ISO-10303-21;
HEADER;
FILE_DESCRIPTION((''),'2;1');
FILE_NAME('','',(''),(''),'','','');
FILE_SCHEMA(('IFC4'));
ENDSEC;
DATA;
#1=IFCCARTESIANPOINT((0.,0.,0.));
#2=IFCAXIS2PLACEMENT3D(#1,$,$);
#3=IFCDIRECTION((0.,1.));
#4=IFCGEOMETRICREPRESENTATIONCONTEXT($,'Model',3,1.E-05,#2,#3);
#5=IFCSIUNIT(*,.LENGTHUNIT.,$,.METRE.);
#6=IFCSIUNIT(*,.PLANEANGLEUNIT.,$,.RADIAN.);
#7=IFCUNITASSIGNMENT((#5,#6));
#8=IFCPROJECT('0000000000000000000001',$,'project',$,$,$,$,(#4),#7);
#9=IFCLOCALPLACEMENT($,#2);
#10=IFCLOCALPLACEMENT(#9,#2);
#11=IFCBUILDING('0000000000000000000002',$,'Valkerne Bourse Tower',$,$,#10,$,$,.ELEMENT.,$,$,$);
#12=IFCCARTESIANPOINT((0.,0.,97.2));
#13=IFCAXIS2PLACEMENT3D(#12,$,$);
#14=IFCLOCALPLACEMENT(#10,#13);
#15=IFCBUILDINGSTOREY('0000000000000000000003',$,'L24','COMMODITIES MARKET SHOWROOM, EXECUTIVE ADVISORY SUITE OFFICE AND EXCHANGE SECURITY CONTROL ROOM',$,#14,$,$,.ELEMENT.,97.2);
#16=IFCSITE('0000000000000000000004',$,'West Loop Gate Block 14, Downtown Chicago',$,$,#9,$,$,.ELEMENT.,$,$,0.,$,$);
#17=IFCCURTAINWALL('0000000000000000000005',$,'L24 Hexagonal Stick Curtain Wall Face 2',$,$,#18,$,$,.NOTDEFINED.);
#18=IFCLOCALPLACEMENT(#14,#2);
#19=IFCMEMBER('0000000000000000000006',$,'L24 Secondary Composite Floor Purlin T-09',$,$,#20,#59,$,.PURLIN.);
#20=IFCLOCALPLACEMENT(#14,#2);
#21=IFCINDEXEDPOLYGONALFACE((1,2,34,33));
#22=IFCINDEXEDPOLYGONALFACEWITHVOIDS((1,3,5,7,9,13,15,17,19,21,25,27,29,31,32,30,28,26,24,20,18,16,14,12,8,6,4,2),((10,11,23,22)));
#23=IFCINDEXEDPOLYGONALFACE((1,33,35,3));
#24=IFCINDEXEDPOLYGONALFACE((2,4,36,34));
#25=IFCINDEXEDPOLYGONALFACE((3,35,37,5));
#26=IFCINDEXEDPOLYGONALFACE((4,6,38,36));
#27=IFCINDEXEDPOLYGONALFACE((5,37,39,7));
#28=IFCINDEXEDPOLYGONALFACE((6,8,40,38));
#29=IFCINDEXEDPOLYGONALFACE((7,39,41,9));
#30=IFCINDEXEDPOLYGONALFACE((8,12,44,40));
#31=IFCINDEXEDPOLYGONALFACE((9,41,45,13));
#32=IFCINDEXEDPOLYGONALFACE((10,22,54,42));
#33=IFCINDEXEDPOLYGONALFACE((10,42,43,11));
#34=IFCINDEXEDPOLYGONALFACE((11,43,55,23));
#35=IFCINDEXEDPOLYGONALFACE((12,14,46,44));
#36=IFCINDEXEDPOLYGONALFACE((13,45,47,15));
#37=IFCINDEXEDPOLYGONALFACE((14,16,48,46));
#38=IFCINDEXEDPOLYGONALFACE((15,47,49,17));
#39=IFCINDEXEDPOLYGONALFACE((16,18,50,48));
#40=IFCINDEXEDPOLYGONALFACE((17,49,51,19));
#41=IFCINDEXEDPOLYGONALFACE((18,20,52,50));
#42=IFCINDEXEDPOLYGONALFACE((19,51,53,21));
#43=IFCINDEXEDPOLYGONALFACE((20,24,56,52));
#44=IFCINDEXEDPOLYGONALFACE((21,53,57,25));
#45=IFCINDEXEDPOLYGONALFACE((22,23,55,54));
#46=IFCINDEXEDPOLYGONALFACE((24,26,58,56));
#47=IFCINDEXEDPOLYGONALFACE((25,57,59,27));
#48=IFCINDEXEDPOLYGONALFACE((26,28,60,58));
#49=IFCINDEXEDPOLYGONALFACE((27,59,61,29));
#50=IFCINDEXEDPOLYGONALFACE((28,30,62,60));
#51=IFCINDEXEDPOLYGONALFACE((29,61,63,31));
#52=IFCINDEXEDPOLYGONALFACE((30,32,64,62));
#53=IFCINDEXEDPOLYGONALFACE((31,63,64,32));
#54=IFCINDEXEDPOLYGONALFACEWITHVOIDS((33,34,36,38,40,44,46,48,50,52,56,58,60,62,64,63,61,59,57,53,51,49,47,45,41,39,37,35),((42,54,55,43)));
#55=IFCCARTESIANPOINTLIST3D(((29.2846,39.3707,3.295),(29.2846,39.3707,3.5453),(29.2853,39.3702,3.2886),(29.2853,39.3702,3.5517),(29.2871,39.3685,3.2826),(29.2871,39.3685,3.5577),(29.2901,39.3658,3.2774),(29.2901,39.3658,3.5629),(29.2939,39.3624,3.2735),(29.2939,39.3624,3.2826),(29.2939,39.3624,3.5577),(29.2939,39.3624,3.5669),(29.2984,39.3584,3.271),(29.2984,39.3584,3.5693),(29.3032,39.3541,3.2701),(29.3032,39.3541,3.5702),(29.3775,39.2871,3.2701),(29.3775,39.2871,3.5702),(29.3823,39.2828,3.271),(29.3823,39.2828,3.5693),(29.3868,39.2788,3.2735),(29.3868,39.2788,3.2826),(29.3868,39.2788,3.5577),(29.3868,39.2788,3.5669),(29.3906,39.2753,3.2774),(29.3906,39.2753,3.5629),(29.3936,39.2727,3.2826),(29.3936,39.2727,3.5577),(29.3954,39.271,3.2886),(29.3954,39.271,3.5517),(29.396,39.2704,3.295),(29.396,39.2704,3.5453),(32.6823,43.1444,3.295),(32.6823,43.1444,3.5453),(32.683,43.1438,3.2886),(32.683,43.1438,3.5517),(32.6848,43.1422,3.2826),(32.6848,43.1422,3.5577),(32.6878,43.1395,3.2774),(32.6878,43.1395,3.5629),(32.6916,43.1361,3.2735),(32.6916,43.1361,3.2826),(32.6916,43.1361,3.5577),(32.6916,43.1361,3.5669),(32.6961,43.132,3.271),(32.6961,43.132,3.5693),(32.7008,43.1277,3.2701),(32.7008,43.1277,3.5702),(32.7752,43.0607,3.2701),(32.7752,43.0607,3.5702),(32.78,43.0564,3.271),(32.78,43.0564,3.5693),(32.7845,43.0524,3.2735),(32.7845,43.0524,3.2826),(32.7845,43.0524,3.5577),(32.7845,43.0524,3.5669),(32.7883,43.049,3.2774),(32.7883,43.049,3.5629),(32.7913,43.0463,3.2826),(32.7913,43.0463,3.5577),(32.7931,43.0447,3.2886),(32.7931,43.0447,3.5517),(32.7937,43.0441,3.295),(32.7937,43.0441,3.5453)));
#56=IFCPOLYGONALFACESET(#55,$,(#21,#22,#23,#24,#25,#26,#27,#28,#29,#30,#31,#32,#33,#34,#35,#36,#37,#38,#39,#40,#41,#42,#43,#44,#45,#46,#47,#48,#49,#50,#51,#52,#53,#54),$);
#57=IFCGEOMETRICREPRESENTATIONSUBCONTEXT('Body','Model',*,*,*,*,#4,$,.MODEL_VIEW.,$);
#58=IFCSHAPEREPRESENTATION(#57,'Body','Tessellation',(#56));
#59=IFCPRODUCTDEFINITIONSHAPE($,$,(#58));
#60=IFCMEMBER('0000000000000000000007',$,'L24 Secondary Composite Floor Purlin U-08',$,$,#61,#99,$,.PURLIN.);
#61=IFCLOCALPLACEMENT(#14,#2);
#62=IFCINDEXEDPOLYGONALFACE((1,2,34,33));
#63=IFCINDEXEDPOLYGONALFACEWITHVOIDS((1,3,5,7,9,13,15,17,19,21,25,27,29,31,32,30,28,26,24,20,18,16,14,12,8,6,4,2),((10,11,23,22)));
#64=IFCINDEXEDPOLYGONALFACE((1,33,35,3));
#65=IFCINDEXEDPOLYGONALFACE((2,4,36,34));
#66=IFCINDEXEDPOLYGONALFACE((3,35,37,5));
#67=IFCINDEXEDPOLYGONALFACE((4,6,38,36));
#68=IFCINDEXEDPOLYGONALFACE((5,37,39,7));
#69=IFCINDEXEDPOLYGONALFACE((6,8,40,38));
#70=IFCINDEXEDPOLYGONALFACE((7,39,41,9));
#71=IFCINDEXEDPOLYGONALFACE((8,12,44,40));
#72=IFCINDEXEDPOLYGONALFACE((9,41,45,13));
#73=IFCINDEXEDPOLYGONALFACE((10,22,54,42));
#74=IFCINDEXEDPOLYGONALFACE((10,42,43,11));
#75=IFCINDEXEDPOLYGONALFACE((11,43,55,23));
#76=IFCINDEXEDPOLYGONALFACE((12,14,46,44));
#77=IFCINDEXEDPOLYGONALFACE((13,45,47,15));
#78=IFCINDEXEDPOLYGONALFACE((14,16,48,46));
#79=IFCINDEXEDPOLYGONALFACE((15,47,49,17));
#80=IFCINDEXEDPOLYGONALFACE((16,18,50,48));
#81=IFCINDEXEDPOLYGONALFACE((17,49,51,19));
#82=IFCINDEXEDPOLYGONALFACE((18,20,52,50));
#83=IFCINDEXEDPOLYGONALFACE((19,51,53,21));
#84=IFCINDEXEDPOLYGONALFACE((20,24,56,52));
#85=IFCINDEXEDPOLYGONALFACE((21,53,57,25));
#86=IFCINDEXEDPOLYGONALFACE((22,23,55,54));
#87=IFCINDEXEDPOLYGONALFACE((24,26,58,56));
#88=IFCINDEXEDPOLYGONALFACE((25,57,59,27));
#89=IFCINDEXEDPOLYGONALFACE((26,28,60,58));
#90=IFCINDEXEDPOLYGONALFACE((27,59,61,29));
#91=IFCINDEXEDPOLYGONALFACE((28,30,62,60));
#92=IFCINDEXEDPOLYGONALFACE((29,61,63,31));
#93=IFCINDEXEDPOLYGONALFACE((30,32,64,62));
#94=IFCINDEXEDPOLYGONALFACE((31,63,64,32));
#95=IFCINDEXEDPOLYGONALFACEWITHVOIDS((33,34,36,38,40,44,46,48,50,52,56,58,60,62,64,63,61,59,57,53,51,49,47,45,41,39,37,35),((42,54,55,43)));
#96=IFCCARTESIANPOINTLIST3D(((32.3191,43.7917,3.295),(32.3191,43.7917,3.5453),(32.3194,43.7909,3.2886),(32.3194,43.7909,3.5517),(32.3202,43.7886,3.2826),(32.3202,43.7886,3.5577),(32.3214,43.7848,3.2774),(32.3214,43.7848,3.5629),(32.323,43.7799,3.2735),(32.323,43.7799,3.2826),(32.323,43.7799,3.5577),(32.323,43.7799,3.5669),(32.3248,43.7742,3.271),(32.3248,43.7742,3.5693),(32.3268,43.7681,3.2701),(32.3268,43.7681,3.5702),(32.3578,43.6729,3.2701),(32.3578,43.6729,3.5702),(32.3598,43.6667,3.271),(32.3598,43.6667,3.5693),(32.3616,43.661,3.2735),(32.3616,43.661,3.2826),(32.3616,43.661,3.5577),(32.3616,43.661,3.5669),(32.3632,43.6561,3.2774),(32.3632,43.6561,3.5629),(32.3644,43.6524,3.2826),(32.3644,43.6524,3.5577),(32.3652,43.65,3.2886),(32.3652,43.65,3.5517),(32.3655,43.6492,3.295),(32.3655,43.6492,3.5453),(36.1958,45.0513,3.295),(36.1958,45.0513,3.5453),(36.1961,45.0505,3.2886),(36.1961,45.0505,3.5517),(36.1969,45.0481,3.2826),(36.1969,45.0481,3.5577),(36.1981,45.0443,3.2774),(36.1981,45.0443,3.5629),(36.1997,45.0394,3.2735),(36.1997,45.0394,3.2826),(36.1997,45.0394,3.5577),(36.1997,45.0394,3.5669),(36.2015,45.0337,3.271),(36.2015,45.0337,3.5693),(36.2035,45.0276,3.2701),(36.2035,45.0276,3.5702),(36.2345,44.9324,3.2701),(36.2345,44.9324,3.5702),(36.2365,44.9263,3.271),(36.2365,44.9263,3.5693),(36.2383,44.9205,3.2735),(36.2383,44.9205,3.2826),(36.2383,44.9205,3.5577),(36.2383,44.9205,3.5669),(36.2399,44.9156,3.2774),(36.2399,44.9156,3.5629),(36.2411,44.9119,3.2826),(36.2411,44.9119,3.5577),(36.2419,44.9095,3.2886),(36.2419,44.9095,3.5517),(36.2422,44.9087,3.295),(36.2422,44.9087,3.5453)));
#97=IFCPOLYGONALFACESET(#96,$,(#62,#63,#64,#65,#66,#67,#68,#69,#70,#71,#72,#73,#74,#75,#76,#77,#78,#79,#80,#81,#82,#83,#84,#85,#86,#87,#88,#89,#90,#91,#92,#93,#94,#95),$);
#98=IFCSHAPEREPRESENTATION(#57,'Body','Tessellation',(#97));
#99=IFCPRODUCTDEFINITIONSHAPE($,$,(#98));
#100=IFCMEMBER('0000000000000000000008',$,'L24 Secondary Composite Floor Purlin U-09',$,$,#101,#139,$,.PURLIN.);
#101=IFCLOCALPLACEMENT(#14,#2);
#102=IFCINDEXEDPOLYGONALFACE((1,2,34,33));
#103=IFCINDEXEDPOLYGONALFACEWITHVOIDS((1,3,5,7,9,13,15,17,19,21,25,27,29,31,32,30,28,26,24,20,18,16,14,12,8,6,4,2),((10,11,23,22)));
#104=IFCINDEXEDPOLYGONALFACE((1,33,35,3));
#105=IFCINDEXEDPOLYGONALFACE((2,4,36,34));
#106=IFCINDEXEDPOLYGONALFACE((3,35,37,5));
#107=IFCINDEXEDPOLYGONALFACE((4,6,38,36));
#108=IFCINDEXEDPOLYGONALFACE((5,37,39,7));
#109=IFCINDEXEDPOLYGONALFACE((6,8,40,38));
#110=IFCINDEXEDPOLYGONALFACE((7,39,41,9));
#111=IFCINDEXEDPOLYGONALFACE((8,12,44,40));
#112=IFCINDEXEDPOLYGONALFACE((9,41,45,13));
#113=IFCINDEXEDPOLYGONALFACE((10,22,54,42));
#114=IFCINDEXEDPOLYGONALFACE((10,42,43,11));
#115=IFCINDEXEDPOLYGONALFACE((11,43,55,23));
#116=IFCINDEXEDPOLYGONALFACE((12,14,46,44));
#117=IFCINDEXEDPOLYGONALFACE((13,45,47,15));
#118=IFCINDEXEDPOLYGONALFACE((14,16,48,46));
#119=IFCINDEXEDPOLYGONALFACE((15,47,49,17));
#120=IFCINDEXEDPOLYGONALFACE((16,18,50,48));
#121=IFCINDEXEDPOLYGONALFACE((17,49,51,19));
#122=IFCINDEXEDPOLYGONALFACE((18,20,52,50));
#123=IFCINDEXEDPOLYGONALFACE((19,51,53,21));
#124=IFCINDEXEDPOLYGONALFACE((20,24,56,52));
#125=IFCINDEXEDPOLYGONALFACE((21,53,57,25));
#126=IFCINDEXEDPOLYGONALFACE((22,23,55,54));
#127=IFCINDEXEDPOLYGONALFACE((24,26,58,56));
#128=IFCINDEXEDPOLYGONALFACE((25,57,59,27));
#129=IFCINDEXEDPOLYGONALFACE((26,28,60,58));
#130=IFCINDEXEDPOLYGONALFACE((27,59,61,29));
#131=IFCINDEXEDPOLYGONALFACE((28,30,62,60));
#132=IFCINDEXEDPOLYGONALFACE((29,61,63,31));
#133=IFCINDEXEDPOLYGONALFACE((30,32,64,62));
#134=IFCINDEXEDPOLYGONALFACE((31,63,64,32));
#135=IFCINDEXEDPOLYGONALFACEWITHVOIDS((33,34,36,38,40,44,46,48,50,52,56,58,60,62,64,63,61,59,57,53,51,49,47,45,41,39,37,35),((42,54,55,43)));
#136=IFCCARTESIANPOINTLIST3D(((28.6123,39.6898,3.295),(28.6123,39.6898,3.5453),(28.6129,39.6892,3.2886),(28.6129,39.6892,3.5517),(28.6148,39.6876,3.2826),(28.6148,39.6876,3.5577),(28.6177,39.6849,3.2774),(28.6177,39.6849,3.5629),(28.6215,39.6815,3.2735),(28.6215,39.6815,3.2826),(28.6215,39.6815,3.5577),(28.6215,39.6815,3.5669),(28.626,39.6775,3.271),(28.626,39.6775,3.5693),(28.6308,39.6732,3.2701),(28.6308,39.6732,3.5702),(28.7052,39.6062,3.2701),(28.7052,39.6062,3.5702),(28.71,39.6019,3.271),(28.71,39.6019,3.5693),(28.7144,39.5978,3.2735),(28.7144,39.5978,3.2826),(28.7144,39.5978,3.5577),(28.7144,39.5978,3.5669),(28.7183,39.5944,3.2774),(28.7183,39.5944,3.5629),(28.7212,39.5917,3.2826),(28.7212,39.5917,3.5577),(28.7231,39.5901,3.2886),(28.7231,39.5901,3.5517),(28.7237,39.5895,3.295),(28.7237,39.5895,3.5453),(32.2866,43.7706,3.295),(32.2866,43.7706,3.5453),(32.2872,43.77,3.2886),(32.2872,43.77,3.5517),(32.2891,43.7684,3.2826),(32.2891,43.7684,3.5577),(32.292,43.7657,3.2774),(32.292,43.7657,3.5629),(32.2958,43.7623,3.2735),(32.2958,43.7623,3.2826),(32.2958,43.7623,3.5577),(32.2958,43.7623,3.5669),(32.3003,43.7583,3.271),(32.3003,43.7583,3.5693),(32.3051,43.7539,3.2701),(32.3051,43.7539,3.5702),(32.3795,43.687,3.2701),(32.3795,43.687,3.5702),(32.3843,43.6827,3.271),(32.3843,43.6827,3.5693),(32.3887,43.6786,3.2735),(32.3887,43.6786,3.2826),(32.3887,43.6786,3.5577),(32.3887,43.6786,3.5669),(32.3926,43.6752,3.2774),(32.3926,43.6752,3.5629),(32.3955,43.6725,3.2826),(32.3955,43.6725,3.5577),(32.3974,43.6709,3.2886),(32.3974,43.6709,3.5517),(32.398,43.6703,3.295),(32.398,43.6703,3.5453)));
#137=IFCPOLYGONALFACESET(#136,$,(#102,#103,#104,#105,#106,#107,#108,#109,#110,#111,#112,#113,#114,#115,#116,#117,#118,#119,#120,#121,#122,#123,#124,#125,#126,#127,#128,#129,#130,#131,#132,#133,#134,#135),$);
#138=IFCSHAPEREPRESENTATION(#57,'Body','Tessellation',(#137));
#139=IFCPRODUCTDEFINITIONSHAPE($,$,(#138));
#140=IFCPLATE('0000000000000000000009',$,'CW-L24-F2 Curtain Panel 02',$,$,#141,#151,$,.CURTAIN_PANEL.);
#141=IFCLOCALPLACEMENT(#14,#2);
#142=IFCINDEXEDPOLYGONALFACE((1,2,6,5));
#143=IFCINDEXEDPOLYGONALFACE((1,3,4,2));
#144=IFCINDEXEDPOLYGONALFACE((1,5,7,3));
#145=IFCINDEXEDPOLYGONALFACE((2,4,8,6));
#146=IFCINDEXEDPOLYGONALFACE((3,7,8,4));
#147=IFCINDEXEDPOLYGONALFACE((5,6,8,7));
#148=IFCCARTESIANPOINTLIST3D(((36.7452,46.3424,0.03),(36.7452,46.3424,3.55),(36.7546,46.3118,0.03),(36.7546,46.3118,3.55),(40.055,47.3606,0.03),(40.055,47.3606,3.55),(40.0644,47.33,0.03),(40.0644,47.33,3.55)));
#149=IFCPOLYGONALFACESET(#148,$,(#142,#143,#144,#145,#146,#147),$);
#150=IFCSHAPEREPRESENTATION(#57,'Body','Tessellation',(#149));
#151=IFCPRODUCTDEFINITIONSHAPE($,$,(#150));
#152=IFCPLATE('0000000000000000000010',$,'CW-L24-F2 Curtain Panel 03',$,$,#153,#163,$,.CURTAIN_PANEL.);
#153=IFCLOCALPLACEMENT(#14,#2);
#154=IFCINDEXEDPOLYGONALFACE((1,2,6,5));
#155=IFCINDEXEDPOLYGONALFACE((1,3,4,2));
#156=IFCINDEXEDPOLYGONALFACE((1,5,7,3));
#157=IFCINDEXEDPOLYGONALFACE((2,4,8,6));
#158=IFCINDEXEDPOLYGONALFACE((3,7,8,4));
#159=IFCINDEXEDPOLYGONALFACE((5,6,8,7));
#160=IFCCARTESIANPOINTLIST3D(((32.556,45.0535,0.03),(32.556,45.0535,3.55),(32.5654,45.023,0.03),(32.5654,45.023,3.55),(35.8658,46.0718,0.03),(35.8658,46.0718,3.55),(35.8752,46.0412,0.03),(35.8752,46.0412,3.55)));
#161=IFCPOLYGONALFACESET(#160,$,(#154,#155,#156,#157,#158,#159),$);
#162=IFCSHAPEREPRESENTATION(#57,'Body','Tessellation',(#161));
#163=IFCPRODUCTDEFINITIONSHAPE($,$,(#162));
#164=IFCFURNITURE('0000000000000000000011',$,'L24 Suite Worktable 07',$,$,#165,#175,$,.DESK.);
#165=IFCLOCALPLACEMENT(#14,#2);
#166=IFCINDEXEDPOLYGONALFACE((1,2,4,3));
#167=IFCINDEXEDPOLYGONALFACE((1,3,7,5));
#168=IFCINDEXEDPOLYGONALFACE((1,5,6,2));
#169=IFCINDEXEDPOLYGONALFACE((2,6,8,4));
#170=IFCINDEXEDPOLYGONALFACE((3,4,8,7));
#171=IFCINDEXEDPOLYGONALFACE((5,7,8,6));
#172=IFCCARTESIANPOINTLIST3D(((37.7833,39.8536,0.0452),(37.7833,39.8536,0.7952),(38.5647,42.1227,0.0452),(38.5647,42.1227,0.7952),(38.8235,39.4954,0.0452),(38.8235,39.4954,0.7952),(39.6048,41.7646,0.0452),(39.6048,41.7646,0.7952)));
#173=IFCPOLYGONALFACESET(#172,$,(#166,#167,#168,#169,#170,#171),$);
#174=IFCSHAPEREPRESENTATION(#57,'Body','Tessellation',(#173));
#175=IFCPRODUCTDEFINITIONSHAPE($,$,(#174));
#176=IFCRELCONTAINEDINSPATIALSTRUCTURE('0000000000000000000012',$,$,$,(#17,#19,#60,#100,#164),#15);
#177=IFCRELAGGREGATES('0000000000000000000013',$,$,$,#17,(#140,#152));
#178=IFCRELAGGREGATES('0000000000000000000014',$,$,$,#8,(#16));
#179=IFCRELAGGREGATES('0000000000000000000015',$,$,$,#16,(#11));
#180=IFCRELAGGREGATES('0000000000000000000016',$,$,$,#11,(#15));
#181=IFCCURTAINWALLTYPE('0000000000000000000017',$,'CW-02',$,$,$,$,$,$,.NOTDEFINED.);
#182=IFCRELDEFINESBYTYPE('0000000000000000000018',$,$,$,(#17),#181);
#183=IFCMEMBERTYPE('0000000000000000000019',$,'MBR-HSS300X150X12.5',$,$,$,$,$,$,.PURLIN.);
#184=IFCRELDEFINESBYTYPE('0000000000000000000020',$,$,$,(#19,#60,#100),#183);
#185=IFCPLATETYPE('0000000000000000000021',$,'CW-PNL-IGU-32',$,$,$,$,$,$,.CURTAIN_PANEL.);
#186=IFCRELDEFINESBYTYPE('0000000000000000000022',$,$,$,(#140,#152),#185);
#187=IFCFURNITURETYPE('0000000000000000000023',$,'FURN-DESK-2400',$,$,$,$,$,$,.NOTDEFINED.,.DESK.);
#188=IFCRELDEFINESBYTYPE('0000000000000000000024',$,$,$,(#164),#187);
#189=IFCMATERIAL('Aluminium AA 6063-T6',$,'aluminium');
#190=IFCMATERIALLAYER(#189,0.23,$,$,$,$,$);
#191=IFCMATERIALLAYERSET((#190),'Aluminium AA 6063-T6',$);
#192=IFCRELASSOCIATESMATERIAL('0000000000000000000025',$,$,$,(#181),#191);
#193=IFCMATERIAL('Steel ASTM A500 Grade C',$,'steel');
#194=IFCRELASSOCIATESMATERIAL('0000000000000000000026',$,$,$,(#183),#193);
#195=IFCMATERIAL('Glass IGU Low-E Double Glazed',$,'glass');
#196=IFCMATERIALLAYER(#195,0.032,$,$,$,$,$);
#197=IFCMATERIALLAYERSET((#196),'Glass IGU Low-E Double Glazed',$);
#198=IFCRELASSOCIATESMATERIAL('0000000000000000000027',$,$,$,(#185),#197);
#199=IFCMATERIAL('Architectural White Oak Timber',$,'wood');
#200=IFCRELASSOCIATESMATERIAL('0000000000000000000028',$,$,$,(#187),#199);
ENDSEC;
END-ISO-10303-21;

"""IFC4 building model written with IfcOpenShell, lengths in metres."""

from ifc_helpers import new_model, si_unit, direction, frame, origin, origin_2d, place, context, subcontext, project, spatial, rectangle, hollow_rectangle, extrude, material, layer, layer_set, material_profile, profile_set, type_object, element, aggregate, save


model = new_model("IFC4")

# Units and contexts
model_context = context("Model", 3, precision=1e-05, world=origin(), true_north=direction((0.0, 1.0)))
body_context = subcontext(model_context, "Body", "Model", "MODEL_VIEW")
ifc_project = project(units=[si_unit("LENGTHUNIT", "METRE"), si_unit("PLANEANGLEUNIT", "RADIAN")], contexts=[model_context])

# Site, building, storey
site_placement = place(None, origin())
site = spatial("IfcSite", under=ifc_project, at=site_placement, Name="West Loop Gate Block 14, Downtown Chicago", CompositionType="ELEMENT", RefElevation=0.0)
building_placement = place(site_placement, origin())
building = spatial("IfcBuilding", under=site, at=building_placement, Name="Valkerne Bourse Tower", CompositionType="ELEMENT")
storey_placement = place(building_placement, frame((0.0, 0.0, 97.2)))
storey = spatial("IfcBuildingStorey", under=building, at=storey_placement, Name="L24", Description="COMMODITIES MARKET SHOWROOM, EXECUTIVE ADVISORY SUITE OFFICE AND EXCHANGE SECURITY CONTROL ROOM", CompositionType="ELEMENT", Elevation=97.2)

# Curtain wall
ifc_material_1 = material(Name="Aluminium AA 6063-T6", Category="aluminium")
ifc_layer_1 = layer(ifc_material_1, 0.23)
ifc_layer_set_1 = layer_set([ifc_layer_1], Name="Aluminium AA 6063-T6")
curtain_wall_type = type_object("IfcCurtainWallType", Name="CW-02", PredefinedType="NOTDEFINED", material=ifc_layer_set_1)
curtain_wall_1_placement = place(storey_placement, origin())
curtain_wall_1 = element("IfcCurtainWall", 1, at=curtain_wall_1_placement, inside=storey, type_object=curtain_wall_type, Name="L24 Hexagonal Stick Curtain Wall Face 2", PredefinedType="NOTDEFINED")

# Members
ifc_material_2 = material(Name="Steel ASTM A500 Grade C", Category="steel")
ifc_material_profile_1 = material_profile(ifc_material_2, hollow_rectangle(XDim=0.1499, YDim=0.3, WallThickness=0.0125, OuterFilletRadius=0.0249, at=origin_2d()), Name="HSS300X150X12.5")
ifc_profile_set_1 = profile_set([ifc_material_profile_1], Name="Steel ASTM A500 Grade C")
member_type_1 = type_object("IfcMemberType", Name="MBR-HSS300X150X12.5", PredefinedType="PURLIN", material=ifc_profile_set_1)
member_1_placement = place(storey_placement, frame((32.738, 43.0942, 3.4202), z_axis=(-0.669116, -0.743158, 0.0), x_axis=(0.743158, -0.669116, 0.0)))
element("IfcMember", 2, at=member_1_placement, inside=storey, type_object=member_type_1, Name="L24 Secondary Composite Floor Purlin T-09", PredefinedType="PURLIN", context=body_context, shape_type="SweptSolid", body=[
    extrude(hollow_rectangle(XDim=0.1499, YDim=0.3, WallThickness=0.0125, OuterFilletRadius=0.0249, at=origin_2d()), origin(), (0.0, 0.0, 1.0), 5.0779),
])
member_2_placement = place(storey_placement, frame((36.219, 44.98, 3.4202), z_axis=(-0.951064, -0.308995, 0.0), x_axis=(0.308995, -0.951064, 0.0)))
element("IfcMember", 3, at=member_2_placement, inside=storey, type_object=member_type_1, Name="L24 Secondary Composite Floor Purlin U-08", PredefinedType="PURLIN", context=body_context, shape_type="SweptSolid", body=[
    extrude(hollow_rectangle(XDim=0.1499, YDim=0.3, WallThickness=0.0125, OuterFilletRadius=0.0249, at=origin_2d()), origin(), (0.0, 0.0, 1.0), 4.0762),
])
member_3_placement = place(storey_placement, frame((32.3423, 43.7205, 3.4202), z_axis=(-0.669124, -0.74315, 0.0), x_axis=(0.74315, -0.669124, 0.0)))
element("IfcMember", 4, at=member_3_placement, inside=storey, type_object=member_type_1, Name="L24 Secondary Composite Floor Purlin U-09", PredefinedType="PURLIN", context=body_context, shape_type="SweptSolid", body=[
    extrude(hollow_rectangle(XDim=0.1499, YDim=0.3, WallThickness=0.0125, OuterFilletRadius=0.0249, at=origin_2d()), origin(), (0.0, 0.0, 1.0), 5.4912),
])

# Plates
ifc_material_3 = material(Name="Glass IGU Low-E Double Glazed", Category="glass")
ifc_layer_2 = layer(ifc_material_3, 0.032)
ifc_layer_set_2 = layer_set([ifc_layer_2], Name="Glass IGU Low-E Double Glazed")
plate_type = type_object("IfcPlateType", Name="CW-PNL-IGU-32", PredefinedType="CURTAIN_PANEL", material=ifc_layer_set_2)
plate_1_placement = place(storey_placement, frame((38.4048, 46.8362, 0.03), z_axis=(0.0, 0.0, 1.0), x_axis=(-0.955793, -0.294041, 0.0)))
plate_1 = element("IfcPlate", 5, at=plate_1_placement, type_object=plate_type, Name="CW-L24-F2 Curtain Panel 02", PredefinedType="CURTAIN_PANEL", context=body_context, shape_type="SweptSolid", body=[
    extrude(rectangle(XDim=3.4629, YDim=0.032, at=origin_2d()), origin(), (0.0, 0.0, 1.0), 3.52),
])
plate_2_placement = place(storey_placement, frame((34.2156, 45.5474, 0.03), z_axis=(0.0, 0.0, 1.0), x_axis=(-0.955791, -0.294047, 0.0)))
plate_2 = element("IfcPlate", 6, at=plate_2_placement, type_object=plate_type, Name="CW-L24-F2 Curtain Panel 03", PredefinedType="CURTAIN_PANEL", context=body_context, shape_type="SweptSolid", body=[
    extrude(rectangle(XDim=3.4629, YDim=0.032, at=origin_2d()), origin(), (0.0, 0.0, 1.0), 3.52),
])
aggregate(curtain_wall_1, [plate_1, plate_2])

# Furniture
ifc_material_4 = material(Name="Architectural White Oak Timber", Category="wood")
furniture_type = type_object("IfcFurnitureType", Name="FURN-DESK-2400", AssemblyPlace="NOTDEFINED", PredefinedType="DESK", material=ifc_material_4)
furniture_placement = place(storey_placement, frame((38.6941, 40.8091, 0.0452), z_axis=(0.0, 0.0, 1.0), x_axis=(0.325568, 0.945519, 0.0)))
element("IfcFurniture", 7, at=furniture_placement, inside=storey, type_object=furniture_type, Name="L24 Suite Worktable 07", PredefinedType="DESK", context=body_context, shape_type="SweptSolid", body=[
    extrude(rectangle(XDim=2.3999, YDim=1.1001, at=origin_2d()), origin(), (0.0, 0.0, 1.0), 0.75),
])

save(model, "model.ifc")
